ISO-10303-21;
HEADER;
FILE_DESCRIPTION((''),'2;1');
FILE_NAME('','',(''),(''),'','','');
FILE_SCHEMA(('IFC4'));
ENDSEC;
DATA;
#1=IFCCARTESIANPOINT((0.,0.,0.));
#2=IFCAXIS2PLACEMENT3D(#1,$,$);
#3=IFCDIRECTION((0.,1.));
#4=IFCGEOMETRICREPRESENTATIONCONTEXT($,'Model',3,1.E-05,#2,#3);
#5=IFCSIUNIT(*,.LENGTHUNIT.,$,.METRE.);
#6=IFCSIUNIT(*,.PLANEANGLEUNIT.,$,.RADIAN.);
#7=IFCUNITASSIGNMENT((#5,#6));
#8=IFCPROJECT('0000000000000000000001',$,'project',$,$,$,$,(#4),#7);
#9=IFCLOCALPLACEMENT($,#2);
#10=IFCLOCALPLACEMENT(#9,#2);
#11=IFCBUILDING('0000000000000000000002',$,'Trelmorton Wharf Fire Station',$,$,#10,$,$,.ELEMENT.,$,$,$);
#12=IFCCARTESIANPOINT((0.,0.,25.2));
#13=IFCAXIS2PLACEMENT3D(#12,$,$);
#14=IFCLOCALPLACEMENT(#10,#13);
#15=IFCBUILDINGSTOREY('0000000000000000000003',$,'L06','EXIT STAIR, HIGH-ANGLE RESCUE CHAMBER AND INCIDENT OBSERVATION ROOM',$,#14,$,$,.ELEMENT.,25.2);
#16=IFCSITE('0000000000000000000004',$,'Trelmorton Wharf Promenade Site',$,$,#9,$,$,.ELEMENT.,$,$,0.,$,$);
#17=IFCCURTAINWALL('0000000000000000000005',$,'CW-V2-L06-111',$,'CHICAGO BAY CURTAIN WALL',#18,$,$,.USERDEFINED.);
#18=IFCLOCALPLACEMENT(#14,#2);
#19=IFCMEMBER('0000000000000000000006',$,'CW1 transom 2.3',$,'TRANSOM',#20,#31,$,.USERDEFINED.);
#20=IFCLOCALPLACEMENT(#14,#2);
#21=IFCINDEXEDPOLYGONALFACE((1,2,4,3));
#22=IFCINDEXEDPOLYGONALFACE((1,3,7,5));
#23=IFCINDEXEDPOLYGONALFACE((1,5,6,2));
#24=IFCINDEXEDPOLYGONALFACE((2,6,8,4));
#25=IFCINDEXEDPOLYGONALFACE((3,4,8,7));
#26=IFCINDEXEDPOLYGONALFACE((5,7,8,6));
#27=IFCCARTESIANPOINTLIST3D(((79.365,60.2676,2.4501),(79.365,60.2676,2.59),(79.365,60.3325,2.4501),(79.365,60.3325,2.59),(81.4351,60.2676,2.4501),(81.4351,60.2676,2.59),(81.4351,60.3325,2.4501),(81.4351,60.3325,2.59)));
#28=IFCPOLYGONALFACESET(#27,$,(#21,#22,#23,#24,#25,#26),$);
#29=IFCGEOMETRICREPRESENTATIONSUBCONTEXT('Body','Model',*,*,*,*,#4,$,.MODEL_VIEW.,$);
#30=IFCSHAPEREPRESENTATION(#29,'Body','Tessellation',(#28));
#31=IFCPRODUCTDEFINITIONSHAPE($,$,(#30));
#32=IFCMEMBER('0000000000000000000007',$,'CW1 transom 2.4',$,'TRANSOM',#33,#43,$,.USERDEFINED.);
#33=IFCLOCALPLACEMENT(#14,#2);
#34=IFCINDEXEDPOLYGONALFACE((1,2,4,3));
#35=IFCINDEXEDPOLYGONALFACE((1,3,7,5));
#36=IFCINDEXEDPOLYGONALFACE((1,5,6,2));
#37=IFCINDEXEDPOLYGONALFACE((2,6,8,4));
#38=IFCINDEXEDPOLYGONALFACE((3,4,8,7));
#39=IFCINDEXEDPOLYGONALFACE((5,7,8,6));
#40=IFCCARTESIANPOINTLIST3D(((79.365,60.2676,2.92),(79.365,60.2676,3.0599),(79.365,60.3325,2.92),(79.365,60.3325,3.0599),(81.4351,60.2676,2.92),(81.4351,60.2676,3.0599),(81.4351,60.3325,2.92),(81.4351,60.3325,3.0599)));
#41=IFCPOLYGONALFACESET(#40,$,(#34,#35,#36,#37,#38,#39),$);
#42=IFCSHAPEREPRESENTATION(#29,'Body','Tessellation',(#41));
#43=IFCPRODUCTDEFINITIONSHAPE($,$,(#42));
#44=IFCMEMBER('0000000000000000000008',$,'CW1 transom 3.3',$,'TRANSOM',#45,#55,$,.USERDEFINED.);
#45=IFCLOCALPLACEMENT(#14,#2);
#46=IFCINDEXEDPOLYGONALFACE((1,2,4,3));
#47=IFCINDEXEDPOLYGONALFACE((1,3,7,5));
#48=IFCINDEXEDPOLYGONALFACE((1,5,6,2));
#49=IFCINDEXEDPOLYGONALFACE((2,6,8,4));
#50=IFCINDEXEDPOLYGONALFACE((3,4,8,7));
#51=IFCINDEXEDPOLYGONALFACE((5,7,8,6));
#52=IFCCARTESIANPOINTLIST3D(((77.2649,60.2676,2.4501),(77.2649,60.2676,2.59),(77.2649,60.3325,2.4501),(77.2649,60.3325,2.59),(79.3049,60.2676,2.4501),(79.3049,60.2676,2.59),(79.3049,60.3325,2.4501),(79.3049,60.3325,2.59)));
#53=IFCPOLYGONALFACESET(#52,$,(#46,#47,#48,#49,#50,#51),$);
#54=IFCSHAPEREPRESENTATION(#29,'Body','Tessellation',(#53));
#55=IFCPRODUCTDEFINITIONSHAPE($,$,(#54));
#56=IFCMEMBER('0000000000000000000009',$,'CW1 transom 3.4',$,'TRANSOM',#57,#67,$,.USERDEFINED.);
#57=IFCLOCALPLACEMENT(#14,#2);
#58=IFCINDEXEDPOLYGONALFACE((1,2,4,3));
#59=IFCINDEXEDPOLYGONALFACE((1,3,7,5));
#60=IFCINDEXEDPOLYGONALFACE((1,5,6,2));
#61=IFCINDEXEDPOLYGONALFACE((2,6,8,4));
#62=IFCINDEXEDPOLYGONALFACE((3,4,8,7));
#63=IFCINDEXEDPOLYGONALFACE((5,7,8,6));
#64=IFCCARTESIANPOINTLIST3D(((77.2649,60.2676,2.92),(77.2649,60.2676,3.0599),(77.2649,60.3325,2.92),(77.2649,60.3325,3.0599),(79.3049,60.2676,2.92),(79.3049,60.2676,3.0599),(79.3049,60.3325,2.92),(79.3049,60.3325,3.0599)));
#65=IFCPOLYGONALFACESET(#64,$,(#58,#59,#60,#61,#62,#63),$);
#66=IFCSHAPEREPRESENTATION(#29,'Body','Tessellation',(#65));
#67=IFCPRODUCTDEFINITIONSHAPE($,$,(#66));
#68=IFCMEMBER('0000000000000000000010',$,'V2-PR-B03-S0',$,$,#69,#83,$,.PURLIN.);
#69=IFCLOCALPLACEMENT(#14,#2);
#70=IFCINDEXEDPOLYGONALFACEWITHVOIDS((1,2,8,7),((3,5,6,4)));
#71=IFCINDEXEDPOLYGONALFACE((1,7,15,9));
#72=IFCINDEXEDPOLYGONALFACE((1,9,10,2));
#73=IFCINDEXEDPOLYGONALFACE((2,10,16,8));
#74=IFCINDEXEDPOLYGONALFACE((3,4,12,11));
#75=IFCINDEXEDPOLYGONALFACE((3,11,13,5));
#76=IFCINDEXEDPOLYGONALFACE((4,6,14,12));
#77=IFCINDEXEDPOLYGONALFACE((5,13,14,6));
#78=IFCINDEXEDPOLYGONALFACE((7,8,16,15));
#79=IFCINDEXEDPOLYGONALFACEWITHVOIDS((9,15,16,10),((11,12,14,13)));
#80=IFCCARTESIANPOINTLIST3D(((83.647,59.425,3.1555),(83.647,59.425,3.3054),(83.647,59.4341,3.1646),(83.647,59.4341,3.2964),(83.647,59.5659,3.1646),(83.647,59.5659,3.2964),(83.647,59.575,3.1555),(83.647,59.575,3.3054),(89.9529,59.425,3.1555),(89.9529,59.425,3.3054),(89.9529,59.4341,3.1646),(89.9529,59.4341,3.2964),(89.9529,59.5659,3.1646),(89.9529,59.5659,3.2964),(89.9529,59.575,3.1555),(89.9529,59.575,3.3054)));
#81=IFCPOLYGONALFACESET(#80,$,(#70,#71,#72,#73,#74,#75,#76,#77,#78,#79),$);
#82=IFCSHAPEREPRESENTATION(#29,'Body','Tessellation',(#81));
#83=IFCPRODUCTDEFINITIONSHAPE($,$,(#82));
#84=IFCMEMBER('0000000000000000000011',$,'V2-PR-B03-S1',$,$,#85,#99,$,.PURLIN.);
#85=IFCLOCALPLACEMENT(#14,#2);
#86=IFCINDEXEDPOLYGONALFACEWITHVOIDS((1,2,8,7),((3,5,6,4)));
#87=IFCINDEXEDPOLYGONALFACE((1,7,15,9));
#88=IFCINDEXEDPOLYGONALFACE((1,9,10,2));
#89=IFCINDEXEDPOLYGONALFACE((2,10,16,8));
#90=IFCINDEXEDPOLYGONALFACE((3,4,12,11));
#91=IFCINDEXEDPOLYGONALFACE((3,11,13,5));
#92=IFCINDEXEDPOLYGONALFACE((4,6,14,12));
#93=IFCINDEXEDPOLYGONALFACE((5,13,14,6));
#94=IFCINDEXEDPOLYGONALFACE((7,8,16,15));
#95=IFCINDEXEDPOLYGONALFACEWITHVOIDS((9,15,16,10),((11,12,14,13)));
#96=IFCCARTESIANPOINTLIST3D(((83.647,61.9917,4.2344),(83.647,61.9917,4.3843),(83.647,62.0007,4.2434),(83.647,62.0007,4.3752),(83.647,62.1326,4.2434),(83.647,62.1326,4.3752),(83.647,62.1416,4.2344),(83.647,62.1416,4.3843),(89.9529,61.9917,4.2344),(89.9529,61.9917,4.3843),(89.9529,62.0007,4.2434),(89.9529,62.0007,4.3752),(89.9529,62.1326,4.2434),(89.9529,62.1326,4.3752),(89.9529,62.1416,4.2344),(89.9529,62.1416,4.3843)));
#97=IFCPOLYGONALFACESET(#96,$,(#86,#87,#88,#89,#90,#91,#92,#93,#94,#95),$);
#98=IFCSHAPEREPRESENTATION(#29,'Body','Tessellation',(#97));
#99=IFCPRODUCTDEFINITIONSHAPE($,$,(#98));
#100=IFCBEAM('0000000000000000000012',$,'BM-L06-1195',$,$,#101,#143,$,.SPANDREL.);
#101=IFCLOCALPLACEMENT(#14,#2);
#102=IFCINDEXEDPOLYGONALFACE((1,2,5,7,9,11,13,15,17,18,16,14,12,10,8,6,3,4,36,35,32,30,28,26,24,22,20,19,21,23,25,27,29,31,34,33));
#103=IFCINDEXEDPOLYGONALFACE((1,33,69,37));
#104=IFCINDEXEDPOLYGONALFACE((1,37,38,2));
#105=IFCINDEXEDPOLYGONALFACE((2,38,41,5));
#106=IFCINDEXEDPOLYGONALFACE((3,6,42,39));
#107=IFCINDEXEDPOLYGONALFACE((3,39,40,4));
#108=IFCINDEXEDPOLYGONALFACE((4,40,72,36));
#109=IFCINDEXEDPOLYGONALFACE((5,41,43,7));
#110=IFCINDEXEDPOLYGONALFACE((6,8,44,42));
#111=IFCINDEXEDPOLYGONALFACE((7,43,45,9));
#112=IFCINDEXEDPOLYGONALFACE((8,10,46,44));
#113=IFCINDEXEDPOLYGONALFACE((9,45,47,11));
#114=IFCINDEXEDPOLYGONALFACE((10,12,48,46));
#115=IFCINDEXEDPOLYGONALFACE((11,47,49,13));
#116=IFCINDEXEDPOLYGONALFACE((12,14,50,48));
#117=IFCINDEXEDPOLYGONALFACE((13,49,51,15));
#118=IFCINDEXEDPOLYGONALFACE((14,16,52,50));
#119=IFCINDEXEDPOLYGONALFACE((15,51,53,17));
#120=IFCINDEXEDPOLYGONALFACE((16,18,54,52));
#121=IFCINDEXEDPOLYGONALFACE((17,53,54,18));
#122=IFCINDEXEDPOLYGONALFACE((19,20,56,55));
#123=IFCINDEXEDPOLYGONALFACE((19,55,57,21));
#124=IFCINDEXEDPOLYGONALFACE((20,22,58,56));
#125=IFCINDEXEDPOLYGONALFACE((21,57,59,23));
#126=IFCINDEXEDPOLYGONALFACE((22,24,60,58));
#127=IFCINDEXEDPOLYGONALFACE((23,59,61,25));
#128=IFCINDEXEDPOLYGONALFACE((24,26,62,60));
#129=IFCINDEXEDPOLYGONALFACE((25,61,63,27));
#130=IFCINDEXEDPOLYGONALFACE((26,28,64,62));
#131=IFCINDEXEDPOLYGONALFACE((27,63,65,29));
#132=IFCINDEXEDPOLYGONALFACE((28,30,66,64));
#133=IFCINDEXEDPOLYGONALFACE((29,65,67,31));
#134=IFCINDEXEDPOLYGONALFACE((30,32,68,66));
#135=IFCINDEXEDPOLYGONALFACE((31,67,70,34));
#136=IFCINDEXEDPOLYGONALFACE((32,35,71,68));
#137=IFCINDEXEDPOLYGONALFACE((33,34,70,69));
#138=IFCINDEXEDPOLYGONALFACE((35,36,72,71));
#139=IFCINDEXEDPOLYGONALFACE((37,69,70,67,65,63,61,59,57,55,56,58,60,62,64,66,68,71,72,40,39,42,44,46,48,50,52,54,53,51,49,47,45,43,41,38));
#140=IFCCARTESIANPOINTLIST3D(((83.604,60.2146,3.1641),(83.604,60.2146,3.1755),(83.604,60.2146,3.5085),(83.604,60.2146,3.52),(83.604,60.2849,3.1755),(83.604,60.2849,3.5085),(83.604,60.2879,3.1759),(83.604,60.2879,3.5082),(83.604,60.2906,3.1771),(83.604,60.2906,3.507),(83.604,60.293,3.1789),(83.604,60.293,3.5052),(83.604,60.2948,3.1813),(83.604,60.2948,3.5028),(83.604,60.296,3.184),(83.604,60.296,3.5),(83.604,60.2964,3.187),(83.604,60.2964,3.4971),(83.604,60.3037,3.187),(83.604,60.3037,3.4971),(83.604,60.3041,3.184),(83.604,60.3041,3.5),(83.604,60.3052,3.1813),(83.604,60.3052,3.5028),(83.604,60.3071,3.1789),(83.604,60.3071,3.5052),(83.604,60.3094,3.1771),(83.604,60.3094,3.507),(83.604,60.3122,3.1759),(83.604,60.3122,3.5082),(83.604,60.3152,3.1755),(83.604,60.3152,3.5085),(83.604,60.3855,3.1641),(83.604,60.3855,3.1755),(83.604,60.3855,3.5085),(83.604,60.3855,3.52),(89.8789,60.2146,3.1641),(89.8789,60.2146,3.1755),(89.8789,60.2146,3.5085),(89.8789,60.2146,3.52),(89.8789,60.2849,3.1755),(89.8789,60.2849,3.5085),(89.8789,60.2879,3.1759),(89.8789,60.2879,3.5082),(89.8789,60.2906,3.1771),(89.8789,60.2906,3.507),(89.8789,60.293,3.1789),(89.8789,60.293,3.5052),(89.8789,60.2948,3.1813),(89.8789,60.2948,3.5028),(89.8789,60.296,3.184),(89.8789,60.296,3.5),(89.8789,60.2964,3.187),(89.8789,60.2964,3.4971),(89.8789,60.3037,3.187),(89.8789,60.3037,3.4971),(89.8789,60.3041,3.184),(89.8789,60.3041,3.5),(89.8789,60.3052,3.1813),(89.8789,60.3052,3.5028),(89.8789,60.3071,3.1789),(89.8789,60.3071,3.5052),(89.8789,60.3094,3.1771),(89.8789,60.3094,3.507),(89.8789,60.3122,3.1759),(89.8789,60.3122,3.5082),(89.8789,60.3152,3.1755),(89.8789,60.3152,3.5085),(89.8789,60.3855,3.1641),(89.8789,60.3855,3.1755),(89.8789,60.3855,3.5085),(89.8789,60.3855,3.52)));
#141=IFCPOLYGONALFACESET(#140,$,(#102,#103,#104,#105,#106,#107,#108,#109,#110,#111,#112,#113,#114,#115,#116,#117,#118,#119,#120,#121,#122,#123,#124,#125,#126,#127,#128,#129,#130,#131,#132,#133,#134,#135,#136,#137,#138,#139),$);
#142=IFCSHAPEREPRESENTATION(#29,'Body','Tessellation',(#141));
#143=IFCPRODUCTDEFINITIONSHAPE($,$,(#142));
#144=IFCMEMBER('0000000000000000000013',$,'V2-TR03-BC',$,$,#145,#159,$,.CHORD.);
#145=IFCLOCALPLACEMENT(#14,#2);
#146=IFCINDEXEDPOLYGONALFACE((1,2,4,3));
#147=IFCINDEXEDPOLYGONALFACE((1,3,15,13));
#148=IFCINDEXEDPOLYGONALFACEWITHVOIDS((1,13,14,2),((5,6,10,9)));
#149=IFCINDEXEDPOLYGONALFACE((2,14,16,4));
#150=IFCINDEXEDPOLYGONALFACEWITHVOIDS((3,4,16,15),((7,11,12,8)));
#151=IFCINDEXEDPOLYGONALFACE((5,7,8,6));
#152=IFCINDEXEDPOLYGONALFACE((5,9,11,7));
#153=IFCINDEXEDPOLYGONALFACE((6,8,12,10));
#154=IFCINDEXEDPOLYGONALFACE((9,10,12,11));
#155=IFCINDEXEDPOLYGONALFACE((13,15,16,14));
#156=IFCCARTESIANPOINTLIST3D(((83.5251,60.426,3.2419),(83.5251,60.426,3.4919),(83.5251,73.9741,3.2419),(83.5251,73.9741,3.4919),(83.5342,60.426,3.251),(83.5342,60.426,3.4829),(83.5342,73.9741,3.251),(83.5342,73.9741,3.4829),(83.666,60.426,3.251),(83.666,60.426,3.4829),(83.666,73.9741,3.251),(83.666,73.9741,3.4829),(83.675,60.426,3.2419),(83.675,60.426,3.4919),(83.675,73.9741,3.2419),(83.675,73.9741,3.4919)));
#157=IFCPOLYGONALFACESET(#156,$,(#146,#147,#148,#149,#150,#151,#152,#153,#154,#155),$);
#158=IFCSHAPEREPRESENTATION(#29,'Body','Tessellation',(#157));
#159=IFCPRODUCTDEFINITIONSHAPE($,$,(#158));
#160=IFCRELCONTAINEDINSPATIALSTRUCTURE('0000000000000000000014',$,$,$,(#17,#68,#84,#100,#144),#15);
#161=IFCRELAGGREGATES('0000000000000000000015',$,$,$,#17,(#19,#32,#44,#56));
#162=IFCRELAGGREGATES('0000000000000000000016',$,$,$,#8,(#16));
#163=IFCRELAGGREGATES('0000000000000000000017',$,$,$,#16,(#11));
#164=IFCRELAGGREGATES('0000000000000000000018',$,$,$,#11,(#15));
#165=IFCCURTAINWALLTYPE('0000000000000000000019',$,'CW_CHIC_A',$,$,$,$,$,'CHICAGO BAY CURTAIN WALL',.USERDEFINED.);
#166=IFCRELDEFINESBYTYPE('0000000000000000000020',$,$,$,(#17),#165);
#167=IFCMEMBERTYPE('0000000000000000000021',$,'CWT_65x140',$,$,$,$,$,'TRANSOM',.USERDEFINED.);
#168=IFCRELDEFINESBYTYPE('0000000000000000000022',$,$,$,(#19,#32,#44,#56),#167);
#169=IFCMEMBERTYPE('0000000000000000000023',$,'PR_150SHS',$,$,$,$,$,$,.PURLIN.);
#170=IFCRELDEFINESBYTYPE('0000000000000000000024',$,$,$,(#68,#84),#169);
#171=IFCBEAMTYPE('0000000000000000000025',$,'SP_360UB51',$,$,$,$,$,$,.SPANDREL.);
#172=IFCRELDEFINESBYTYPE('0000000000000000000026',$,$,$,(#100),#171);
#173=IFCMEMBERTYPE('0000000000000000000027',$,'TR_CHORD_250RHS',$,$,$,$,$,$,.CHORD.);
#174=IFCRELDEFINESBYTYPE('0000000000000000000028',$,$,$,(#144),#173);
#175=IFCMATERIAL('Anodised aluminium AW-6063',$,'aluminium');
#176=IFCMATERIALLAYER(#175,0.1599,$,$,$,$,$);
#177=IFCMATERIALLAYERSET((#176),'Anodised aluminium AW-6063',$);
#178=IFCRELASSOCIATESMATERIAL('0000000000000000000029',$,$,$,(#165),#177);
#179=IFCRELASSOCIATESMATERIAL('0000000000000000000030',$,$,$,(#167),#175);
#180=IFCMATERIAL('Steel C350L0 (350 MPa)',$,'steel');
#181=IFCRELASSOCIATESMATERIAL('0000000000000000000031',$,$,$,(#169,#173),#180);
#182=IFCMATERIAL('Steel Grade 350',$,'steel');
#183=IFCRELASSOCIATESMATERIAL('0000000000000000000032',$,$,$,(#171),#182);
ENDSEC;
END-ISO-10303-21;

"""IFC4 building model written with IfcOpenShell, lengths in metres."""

from ifc_helpers import new_model, si_unit, direction, frame, origin, origin_2d, place, context, subcontext, project, spatial, rectangle, hollow_rectangle, i_section, extrude, material, layer, layer_set, material_profile, profile_set, type_object, element, aggregate, save


model = new_model("IFC4")

# Units and contexts
model_context = context("Model", 3, precision=1e-05, world=origin(), true_north=direction((0.0, 1.0)))
body_context = subcontext(model_context, "Body", "Model", "MODEL_VIEW")
ifc_project = project(units=[si_unit("LENGTHUNIT", "METRE"), si_unit("PLANEANGLEUNIT", "RADIAN")], contexts=[model_context])

# Site, building, storey
site_placement = place(None, origin())
site = spatial("IfcSite", under=ifc_project, at=site_placement, Name="Trelmorton Wharf Promenade Site", CompositionType="ELEMENT", RefElevation=0.0)
building_placement = place(site_placement, origin())
building = spatial("IfcBuilding", under=site, at=building_placement, Name="Trelmorton Wharf Fire Station", CompositionType="ELEMENT")
storey_placement = place(building_placement, frame((0.0, 0.0, 25.2)))
storey = spatial("IfcBuildingStorey", under=building, at=storey_placement, Name="L06", Description="EXIT STAIR, HIGH-ANGLE RESCUE CHAMBER AND INCIDENT OBSERVATION ROOM", CompositionType="ELEMENT", Elevation=25.2)

# Shared definitions
ifc_material_1 = material(Name="Steel Grade 350", Category="steel")

# Curtain wall
ifc_material_2 = material(Name="Anodised aluminium AW-6063", Category="aluminium")
ifc_layer_1 = layer(ifc_material_2, 0.1599)
ifc_layer_set_1 = layer_set([ifc_layer_1], Name="Anodised aluminium AW-6063")
curtain_wall_type = type_object("IfcCurtainWallType", Name="CW_CHIC_A", ElementType="CHICAGO BAY CURTAIN WALL", PredefinedType="USERDEFINED", material=ifc_layer_set_1)
curtain_wall_1_placement = place(storey_placement, origin())
curtain_wall_1 = element("IfcCurtainWall", 1, at=curtain_wall_1_placement, inside=storey, type_object=curtain_wall_type, Name="CW-V2-L06-111", ObjectType="CHICAGO BAY CURTAIN WALL", PredefinedType="USERDEFINED")

# Members
ifc_material_profile_1 = material_profile(ifc_material_2, rectangle(XDim=0.0649, YDim=0.1399, at=origin_2d()), Name="ALU-65x140")
ifc_profile_set_1 = profile_set([ifc_material_profile_1], Name="Anodised aluminium AW-6063")
member_type_1 = type_object("IfcMemberType", Name="CWT_65x140", ElementType="TRANSOM", PredefinedType="USERDEFINED", material=ifc_profile_set_1)
member_1_placement = place(storey_placement, frame((81.4351, 60.3, 2.52), z_axis=(-1.0, 0.0, 0.0), x_axis=(0.0, -1.0, 0.0)))
member_1 = element("IfcMember", 2, at=member_1_placement, type_object=member_type_1, Name="CW1 transom 2.3", ObjectType="TRANSOM", PredefinedType="USERDEFINED", context=body_context, shape_type="SweptSolid", body=[
    extrude(rectangle(XDim=0.0649, YDim=0.1399, at=origin_2d()), origin(), (0.0, 0.0, 1.0), 2.0701),
])
member_2_placement = place(storey_placement, frame((81.4351, 60.3, 2.99), z_axis=(-1.0, 0.0, 0.0), x_axis=(0.0, -1.0, 0.0)))
member_2 = element("IfcMember", 3, at=member_2_placement, type_object=member_type_1, Name="CW1 transom 2.4", ObjectType="TRANSOM", PredefinedType="USERDEFINED", context=body_context, shape_type="SweptSolid", body=[
    extrude(rectangle(XDim=0.0649, YDim=0.1399, at=origin_2d()), origin(), (0.0, 0.0, 1.0), 2.0701),
])
member_3_placement = place(storey_placement, frame((79.3049, 60.3, 2.52), z_axis=(-1.0, 0.0, 0.0), x_axis=(0.0, -1.0, 0.0)))
member_3 = element("IfcMember", 4, at=member_3_placement, type_object=member_type_1, Name="CW1 transom 3.3", ObjectType="TRANSOM", PredefinedType="USERDEFINED", context=body_context, shape_type="SweptSolid", body=[
    extrude(rectangle(XDim=0.0649, YDim=0.1399, at=origin_2d()), origin(), (0.0, 0.0, 1.0), 2.04),
])
member_4_placement = place(storey_placement, frame((79.3049, 60.3, 2.99), z_axis=(-1.0, 0.0, 0.0), x_axis=(0.0, -1.0, 0.0)))
member_4 = element("IfcMember", 5, at=member_4_placement, type_object=member_type_1, Name="CW1 transom 3.4", ObjectType="TRANSOM", PredefinedType="USERDEFINED", context=body_context, shape_type="SweptSolid", body=[
    extrude(rectangle(XDim=0.0649, YDim=0.1399, at=origin_2d()), origin(), (0.0, 0.0, 1.0), 2.04),
])

# Members
ifc_material_3 = material(Name="Steel C350L0 (350 MPa)", Category="steel")
ifc_material_profile_2 = material_profile(ifc_material_3, hollow_rectangle(XDim=0.1499, YDim=0.1499, WallThickness=0.009, at=origin_2d()), Name="150x150x9.0SHS")
ifc_profile_set_2 = profile_set([ifc_material_profile_2], Name="Steel C350L0 (350 MPa)")
member_type_2 = type_object("IfcMemberType", Name="PR_150SHS", PredefinedType="PURLIN", material=ifc_profile_set_2)
for number, where, z_axis, x_axis, name in (
    (6, (83.647, 59.5, 3.2305), (1.0, 0.0, 0.0), (0.0, 1.0, 0.0), "V2-PR-B03-S0"),
    (7, (83.647, 62.0667, 4.3093), (1.0, 0.0, 0.0), (0.0, 1.0, 0.0), "V2-PR-B03-S1"),
):
    element("IfcMember", number, at=place(storey_placement, frame(where, z_axis=z_axis, x_axis=x_axis)), inside=storey, type_object=member_type_2, Name=name, PredefinedType="PURLIN", context=body_context, shape_type="SweptSolid", body=[
        extrude(hollow_rectangle(XDim=0.1499, YDim=0.1499, WallThickness=0.009, at=origin_2d()), origin(), (0.0, 0.0, 1.0), 6.3059),
    ])

# Beam
ifc_material_profile_3 = material_profile(ifc_material_1, i_section(OverallWidth=0.1709, OverallDepth=0.356, WebThickness=0.0073, FlangeThickness=0.0115, FilletRadius=0.0115, at=origin_2d()), Name="360UB50.7")
ifc_profile_set_3 = profile_set([ifc_material_profile_3], Name="Steel Grade 350")
beam_type = type_object("IfcBeamType", Name="SP_360UB51", PredefinedType="SPANDREL", material=ifc_profile_set_3)
beam_placement = place(storey_placement, frame((83.604, 60.3, 3.342), z_axis=(1.0, 0.0, 0.0), x_axis=(0.0, 1.0, 0.0)))
element("IfcBeam", 8, at=beam_placement, inside=storey, type_object=beam_type, Name="BM-L06-1195", PredefinedType="SPANDREL", context=body_context, shape_type="SweptSolid", body=[
    extrude(i_section(OverallWidth=0.1709, OverallDepth=0.356, WebThickness=0.0073, FlangeThickness=0.0115, FilletRadius=0.0115, at=origin_2d()), origin(), (0.0, 0.0, 1.0), 6.2749),
])

# Member
ifc_material_profile_4 = material_profile(ifc_material_3, hollow_rectangle(XDim=0.1499, YDim=0.25, WallThickness=0.009, at=origin_2d()), Name="250x150x9.0RHS")
ifc_profile_set_4 = profile_set([ifc_material_profile_4], Name="Steel C350L0 (350 MPa)")
member_type_3 = type_object("IfcMemberType", Name="TR_CHORD_250RHS", PredefinedType="CHORD", material=ifc_profile_set_4)
member_5_placement = place(storey_placement, frame((83.6001, 60.426, 3.3669), z_axis=(0.0, 1.0, 0.0), x_axis=(-1.0, 0.0, 0.0)))
element("IfcMember", 9, at=member_5_placement, inside=storey, type_object=member_type_3, Name="V2-TR03-BC", PredefinedType="CHORD", context=body_context, shape_type="SweptSolid", body=[
    extrude(hollow_rectangle(XDim=0.1499, YDim=0.25, WallThickness=0.009, at=origin_2d()), origin(), (0.0, 0.0, 1.0), 13.5481),
])

aggregate(curtain_wall_1, [member_1, member_2, member_3, member_4])

save(model, "model.ifc")
